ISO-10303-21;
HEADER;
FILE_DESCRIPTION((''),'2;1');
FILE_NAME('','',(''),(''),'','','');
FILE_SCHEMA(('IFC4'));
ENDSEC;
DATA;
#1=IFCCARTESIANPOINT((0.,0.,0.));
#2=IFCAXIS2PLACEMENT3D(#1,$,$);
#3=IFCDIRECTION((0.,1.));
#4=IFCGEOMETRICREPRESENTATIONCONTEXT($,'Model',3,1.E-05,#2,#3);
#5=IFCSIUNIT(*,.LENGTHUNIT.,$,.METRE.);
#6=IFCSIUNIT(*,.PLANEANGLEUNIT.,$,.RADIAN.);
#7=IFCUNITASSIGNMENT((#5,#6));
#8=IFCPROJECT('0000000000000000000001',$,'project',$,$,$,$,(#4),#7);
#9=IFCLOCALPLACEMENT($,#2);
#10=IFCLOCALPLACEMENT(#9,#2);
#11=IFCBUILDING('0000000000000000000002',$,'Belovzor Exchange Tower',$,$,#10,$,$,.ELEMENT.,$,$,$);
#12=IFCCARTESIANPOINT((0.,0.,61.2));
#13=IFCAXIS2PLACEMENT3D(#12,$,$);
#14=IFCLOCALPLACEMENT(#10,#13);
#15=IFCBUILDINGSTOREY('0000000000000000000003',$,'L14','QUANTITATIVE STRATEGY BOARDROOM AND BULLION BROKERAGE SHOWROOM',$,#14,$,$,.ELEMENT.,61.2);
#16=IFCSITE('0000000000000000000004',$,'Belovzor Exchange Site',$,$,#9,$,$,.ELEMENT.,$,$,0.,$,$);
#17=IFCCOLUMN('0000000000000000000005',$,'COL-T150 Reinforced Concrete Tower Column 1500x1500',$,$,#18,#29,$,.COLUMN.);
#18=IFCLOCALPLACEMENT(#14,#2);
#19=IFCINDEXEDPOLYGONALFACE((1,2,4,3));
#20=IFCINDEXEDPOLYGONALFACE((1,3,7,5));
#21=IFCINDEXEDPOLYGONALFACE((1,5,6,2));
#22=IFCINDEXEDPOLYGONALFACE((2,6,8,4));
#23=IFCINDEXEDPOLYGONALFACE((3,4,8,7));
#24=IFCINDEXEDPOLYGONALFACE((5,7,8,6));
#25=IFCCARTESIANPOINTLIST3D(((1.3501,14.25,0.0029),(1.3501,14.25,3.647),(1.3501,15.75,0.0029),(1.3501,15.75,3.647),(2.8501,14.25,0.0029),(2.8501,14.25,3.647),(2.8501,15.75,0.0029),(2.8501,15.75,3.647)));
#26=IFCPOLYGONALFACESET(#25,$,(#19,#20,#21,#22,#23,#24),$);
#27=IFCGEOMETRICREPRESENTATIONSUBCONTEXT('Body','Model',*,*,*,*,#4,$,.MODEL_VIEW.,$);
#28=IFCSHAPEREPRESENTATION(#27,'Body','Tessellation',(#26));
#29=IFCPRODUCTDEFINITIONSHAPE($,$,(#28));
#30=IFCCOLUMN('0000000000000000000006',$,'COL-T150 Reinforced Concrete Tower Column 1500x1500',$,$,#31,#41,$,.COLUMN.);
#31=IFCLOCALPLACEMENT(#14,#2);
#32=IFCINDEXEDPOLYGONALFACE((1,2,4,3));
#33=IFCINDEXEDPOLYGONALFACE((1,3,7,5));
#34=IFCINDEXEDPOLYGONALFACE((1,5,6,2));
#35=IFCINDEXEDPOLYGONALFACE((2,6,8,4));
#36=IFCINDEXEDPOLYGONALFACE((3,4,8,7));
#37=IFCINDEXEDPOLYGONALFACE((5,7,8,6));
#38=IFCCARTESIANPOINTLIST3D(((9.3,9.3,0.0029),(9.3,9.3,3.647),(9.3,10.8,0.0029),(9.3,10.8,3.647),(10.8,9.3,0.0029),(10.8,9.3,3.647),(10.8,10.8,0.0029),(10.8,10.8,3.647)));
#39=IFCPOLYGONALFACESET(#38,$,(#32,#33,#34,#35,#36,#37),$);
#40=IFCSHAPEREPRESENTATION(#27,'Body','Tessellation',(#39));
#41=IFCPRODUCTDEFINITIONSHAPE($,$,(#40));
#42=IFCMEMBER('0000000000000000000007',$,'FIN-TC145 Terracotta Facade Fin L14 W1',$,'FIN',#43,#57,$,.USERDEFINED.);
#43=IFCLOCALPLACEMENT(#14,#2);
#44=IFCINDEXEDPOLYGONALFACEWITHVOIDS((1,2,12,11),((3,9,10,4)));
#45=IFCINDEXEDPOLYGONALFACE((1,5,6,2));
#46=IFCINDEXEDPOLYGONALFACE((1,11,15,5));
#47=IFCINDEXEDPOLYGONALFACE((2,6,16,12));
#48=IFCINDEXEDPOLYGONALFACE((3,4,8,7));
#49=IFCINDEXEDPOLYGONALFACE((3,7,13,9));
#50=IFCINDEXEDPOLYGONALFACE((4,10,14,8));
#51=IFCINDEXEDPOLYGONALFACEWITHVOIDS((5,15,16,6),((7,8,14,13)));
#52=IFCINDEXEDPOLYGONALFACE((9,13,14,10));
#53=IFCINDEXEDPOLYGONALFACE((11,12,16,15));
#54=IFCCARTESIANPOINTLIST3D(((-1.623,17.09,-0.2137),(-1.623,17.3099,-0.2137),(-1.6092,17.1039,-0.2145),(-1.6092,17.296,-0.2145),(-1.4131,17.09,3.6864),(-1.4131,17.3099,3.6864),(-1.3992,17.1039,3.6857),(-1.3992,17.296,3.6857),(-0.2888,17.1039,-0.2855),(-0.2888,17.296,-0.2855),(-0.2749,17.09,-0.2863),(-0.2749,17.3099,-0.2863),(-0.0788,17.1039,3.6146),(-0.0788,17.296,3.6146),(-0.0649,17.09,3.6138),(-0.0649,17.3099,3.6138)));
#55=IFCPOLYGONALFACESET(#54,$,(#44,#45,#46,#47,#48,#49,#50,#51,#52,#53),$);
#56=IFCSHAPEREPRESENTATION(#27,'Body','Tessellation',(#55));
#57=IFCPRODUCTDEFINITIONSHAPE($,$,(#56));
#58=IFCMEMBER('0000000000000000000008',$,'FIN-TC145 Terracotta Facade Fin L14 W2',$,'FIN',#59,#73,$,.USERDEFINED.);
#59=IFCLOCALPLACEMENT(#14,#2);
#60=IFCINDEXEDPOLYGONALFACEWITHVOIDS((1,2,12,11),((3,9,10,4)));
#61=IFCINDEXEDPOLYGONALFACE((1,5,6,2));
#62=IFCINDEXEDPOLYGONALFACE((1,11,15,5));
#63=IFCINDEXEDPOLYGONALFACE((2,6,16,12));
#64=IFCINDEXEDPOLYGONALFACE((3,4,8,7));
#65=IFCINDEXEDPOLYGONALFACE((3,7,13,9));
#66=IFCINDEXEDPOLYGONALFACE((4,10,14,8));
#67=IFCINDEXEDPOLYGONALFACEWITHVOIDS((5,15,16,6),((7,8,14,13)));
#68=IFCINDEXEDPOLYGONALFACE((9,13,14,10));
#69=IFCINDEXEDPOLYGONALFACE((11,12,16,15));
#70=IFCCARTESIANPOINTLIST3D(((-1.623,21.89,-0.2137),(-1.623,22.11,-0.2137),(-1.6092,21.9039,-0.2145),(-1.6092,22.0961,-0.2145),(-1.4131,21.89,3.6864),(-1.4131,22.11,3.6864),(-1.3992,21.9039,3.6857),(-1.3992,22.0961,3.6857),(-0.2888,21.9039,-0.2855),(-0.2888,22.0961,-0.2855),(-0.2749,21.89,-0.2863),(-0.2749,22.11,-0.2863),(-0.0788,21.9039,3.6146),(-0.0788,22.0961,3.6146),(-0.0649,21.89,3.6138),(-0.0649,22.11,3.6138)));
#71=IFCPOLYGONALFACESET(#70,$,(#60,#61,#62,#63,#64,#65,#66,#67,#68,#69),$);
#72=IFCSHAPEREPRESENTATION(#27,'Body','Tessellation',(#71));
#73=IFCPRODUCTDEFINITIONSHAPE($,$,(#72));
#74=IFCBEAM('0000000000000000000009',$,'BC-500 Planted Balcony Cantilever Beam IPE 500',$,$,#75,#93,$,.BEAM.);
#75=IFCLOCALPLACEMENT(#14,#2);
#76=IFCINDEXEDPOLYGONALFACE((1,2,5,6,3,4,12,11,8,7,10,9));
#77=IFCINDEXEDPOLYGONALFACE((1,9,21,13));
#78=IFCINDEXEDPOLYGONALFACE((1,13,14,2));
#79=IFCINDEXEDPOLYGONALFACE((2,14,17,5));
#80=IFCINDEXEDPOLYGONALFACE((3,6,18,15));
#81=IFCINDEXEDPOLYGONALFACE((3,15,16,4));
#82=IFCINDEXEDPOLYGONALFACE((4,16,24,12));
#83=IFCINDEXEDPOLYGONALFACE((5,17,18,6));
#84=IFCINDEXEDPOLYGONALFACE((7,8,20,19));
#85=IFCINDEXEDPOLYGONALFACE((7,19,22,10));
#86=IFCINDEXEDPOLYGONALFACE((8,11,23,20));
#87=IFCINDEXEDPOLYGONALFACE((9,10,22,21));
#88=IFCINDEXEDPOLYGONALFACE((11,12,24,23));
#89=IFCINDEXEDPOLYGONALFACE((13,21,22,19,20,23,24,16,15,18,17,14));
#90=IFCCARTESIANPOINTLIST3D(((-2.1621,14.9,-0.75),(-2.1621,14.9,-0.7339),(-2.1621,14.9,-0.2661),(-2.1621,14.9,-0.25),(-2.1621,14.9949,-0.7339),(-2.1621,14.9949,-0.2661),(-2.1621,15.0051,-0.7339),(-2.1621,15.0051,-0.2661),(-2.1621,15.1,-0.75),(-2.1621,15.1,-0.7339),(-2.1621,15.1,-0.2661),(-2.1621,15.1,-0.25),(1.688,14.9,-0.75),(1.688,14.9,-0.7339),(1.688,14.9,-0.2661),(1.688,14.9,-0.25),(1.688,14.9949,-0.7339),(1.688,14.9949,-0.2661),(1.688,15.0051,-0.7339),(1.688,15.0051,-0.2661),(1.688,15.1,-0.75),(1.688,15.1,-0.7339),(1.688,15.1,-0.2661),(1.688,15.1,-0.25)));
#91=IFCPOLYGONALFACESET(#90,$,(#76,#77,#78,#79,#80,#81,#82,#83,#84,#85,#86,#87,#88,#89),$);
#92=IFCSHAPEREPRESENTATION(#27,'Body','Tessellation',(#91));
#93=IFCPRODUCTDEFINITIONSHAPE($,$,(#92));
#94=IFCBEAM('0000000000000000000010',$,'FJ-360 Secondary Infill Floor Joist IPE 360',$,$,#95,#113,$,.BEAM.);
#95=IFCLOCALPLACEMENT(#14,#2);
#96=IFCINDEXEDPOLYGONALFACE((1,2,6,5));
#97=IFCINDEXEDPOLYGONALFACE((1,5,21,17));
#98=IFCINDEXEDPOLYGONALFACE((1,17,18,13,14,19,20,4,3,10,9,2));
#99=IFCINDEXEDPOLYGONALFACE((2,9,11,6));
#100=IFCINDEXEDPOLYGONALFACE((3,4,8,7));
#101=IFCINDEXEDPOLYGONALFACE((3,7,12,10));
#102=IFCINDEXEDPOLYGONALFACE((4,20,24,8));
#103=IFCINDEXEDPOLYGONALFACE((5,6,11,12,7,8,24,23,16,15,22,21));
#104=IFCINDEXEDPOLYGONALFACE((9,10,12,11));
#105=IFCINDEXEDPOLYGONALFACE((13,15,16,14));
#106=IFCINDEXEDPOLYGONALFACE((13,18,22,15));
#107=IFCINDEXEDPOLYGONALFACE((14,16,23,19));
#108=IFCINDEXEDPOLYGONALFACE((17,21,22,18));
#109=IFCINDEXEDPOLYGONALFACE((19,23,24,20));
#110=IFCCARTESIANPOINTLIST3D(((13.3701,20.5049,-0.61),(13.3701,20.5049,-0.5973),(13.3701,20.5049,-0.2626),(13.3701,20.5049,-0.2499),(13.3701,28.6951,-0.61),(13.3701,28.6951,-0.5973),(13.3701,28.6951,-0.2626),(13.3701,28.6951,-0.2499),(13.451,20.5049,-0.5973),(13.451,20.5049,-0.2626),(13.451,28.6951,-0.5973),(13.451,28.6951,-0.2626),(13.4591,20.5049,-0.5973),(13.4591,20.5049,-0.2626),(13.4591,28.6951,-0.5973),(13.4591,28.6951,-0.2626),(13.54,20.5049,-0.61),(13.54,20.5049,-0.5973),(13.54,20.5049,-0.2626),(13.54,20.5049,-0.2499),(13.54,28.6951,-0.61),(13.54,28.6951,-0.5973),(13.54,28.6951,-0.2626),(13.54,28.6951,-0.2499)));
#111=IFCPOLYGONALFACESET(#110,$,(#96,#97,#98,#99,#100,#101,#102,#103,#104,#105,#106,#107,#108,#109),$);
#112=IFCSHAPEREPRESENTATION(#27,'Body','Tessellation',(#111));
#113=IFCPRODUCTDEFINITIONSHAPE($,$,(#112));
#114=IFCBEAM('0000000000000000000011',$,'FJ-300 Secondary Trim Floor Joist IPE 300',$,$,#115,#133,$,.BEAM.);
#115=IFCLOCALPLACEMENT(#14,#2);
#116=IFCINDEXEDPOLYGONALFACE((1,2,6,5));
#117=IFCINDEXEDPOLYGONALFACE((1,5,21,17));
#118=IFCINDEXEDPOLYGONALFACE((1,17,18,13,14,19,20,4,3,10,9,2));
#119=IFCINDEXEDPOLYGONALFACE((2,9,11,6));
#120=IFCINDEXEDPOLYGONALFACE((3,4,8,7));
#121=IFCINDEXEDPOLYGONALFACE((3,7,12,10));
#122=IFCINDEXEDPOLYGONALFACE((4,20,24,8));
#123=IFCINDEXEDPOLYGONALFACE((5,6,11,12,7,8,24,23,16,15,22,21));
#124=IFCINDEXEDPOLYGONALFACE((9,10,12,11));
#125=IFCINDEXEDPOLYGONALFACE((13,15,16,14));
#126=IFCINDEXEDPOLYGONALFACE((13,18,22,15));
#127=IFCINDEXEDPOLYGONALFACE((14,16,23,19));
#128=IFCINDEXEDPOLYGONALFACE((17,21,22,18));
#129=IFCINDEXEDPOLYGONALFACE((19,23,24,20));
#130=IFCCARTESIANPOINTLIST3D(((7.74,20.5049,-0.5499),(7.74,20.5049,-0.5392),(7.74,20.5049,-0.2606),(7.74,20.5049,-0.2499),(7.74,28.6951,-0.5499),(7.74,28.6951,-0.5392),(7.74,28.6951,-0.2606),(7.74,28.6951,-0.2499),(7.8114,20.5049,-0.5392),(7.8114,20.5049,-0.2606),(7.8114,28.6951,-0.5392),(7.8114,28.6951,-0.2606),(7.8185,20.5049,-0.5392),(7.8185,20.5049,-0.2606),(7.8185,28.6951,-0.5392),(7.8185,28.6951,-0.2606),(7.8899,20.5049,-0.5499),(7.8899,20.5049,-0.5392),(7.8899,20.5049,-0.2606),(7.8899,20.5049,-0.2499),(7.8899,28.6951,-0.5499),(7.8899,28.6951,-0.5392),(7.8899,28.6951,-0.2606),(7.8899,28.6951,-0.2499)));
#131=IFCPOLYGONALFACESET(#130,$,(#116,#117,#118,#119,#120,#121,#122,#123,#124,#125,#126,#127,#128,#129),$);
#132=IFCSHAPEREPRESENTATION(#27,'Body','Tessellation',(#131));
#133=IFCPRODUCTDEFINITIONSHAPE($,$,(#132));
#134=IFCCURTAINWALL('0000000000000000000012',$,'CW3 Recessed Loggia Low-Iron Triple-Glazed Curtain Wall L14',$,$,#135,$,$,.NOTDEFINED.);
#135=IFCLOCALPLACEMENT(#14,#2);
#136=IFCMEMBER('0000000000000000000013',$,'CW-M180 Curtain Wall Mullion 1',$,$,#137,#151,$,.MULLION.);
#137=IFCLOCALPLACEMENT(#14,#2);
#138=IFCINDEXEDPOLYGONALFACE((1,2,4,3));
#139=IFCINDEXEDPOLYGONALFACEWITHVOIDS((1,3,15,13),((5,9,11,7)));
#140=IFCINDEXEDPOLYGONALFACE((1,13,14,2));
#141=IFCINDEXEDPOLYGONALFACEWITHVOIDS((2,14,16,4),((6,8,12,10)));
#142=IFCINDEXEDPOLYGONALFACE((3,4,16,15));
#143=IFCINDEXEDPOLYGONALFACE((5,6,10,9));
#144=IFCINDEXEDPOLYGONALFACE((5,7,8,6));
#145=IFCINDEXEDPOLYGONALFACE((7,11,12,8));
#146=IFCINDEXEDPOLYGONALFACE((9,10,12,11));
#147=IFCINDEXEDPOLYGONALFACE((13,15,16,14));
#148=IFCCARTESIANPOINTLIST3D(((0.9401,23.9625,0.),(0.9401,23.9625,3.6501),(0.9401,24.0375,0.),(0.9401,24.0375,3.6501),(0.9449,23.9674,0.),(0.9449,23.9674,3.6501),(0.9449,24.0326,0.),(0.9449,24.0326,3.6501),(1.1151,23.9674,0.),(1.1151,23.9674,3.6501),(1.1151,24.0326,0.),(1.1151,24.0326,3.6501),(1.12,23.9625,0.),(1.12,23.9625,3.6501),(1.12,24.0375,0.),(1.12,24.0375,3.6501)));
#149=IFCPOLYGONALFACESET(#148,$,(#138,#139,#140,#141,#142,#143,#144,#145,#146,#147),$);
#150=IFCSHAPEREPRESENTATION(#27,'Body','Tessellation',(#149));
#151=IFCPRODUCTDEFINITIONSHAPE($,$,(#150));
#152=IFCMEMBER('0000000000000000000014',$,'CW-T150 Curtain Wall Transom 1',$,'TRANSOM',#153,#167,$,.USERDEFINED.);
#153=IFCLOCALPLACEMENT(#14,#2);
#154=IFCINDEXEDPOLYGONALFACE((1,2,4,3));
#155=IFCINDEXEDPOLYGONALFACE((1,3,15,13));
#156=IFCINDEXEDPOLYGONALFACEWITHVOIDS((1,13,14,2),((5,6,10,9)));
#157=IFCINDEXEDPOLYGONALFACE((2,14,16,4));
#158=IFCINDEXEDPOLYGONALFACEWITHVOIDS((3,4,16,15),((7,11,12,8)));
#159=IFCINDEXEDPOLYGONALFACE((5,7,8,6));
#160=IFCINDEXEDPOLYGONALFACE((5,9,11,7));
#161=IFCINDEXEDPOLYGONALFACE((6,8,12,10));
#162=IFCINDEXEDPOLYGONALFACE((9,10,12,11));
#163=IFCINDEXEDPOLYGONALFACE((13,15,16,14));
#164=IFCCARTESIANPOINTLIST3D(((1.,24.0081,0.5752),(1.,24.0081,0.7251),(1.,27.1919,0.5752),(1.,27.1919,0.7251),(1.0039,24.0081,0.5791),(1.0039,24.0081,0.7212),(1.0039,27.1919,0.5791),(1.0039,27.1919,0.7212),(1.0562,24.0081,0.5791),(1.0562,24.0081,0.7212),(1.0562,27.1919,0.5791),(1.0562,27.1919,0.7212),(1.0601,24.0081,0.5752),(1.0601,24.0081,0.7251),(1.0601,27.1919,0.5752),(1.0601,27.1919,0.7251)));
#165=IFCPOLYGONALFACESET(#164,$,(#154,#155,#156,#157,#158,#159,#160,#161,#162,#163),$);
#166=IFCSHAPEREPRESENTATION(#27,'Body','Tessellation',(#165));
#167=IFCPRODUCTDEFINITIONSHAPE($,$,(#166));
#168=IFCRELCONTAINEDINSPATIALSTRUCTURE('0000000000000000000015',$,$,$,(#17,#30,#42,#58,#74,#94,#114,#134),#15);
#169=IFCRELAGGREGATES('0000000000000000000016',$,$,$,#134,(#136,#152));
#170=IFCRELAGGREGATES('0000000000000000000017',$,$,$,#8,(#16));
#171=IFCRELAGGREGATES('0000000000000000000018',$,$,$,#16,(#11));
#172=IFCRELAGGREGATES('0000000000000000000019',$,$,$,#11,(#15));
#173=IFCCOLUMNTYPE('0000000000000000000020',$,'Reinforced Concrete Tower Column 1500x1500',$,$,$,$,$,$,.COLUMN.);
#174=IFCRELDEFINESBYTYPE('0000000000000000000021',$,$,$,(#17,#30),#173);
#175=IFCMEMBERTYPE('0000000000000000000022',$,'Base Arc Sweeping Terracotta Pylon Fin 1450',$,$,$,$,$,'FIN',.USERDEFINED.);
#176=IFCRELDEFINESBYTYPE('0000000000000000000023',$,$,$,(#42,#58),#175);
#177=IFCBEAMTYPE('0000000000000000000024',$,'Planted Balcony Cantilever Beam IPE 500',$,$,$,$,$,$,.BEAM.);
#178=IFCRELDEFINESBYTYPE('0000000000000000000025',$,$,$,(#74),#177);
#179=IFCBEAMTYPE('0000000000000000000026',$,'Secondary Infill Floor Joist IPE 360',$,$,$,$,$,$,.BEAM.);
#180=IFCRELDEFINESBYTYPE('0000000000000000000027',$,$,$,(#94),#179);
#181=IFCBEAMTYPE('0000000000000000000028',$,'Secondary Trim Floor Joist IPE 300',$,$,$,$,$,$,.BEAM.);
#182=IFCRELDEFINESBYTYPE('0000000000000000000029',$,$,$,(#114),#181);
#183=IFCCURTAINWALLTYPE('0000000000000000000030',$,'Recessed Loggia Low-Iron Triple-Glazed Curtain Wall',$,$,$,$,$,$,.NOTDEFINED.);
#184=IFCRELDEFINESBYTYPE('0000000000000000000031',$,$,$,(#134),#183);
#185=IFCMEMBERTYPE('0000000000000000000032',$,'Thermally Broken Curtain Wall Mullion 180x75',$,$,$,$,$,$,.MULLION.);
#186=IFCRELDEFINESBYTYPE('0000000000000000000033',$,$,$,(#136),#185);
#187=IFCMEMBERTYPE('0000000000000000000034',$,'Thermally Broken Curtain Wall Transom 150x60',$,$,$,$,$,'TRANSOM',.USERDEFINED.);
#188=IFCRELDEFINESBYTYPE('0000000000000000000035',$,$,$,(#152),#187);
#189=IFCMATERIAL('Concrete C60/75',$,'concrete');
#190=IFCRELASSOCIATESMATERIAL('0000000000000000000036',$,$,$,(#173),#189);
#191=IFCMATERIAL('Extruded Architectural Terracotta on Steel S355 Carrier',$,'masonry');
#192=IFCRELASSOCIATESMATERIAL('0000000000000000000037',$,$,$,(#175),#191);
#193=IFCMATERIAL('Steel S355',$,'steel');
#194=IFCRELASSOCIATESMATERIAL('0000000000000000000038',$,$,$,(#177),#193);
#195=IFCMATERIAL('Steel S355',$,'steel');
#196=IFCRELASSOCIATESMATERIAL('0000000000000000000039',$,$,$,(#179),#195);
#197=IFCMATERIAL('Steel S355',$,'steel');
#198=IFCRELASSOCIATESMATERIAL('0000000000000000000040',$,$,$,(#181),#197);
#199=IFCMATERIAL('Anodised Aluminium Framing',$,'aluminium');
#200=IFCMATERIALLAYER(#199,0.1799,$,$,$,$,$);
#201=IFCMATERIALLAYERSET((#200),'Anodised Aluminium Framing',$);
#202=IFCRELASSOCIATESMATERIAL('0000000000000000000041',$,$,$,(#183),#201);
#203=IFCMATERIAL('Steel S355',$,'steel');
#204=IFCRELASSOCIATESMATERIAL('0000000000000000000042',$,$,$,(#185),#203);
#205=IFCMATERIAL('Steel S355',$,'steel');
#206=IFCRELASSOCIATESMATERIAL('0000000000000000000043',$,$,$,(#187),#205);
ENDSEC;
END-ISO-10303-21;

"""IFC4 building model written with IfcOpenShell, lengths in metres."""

from ifc_helpers import new_model, si_unit, direction, frame, origin, origin_2d, place, context, subcontext, project, spatial, rectangle, hollow_rectangle, i_section, extrude, material, layer, layer_set, material_profile, profile_set, type_object, element, aggregate, save


model = new_model("IFC4")

# Units and contexts
model_context = context("Model", 3, precision=1e-05, world=origin(), true_north=direction((0.0, 1.0)))
body_context = subcontext(model_context, "Body", "Model", "MODEL_VIEW")
ifc_project = project(units=[si_unit("LENGTHUNIT", "METRE"), si_unit("PLANEANGLEUNIT", "RADIAN")], contexts=[model_context])

# Site, building, storey
site_placement = place(None, origin())
site = spatial("IfcSite", under=ifc_project, at=site_placement, Name="Belovzor Exchange Site", CompositionType="ELEMENT", RefElevation=0.0)
building_placement = place(site_placement, origin())
building = spatial("IfcBuilding", under=site, at=building_placement, Name="Belovzor Exchange Tower", CompositionType="ELEMENT")
storey_placement = place(building_placement, frame((0.0, 0.0, 61.2)))
storey = spatial("IfcBuildingStorey", under=building, at=storey_placement, Name="L14", Description="QUANTITATIVE STRATEGY BOARDROOM AND BULLION BROKERAGE SHOWROOM", CompositionType="ELEMENT", Elevation=61.2)

# Columns
ifc_material_1 = material(Name="Concrete C60/75", Category="concrete")
ifc_material_profile_1 = material_profile(ifc_material_1, rectangle(XDim=1.5, YDim=1.5, at=origin_2d()))
ifc_profile_set_1 = profile_set([ifc_material_profile_1], Name="Concrete C60/75")
column_type = type_object("IfcColumnType", Name="Reinforced Concrete Tower Column 1500x1500", PredefinedType="COLUMN", material=ifc_profile_set_1)
for number, where, z_axis, x_axis, name in (
    (1, (2.1001, 15.0, 0.0029), (0.0, 0.0, 1.0), (1.0, 0.0, 0.0), "COL-T150 Reinforced Concrete Tower Column 1500x1500"),
    (2, (10.05, 10.05, 0.0029), (0.0, 0.0, 1.0), (1.0, 0.0, 0.0), "COL-T150 Reinforced Concrete Tower Column 1500x1500"),
):
    element("IfcColumn", number, at=place(storey_placement, frame(where, z_axis=z_axis, x_axis=x_axis)), inside=storey, type_object=column_type, Name=name, PredefinedType="COLUMN", context=body_context, shape_type="SweptSolid", body=[
        extrude(rectangle(XDim=1.5, YDim=1.5, at=origin_2d()), origin(), (0.0, 0.0, 1.0), 3.644),
    ])

# Members
ifc_material_2 = material(Name="Extruded Architectural Terracotta on Steel S355 Carrier", Category="masonry")
ifc_material_profile_2 = material_profile(ifc_material_2, hollow_rectangle(XDim=0.22, YDim=1.3501, WallThickness=0.0139, at=origin_2d()))
ifc_profile_set_2 = profile_set([ifc_material_profile_2], Name="Extruded Architectural Terracotta on Steel S355 Carrier")
member_type_1 = type_object("IfcMemberType", Name="Base Arc Sweeping Terracotta Pylon Fin 1450", ElementType="FIN", PredefinedType="USERDEFINED", material=ifc_profile_set_2)
for number, where, z_axis, x_axis, name in (
    (3, (-0.949, 17.2, -0.25), (0.053756, 0.0, 0.998554), (0.0, 1.0, 0.0), "FIN-TC145 Terracotta Facade Fin L14 W1"),
    (4, (-0.949, 22.0, -0.25), (0.053756, 0.0, 0.998554), (0.0, 1.0, 0.0), "FIN-TC145 Terracotta Facade Fin L14 W2"),
):
    element("IfcMember", number, at=place(storey_placement, frame(where, z_axis=z_axis, x_axis=x_axis)), inside=storey, type_object=member_type_1, Name=name, ObjectType="FIN", PredefinedType="USERDEFINED", context=body_context, shape_type="SweptSolid", body=[
        extrude(hollow_rectangle(XDim=0.22, YDim=1.3501, WallThickness=0.0139, at=origin_2d()), origin(), (0.0, 0.0, 1.0), 3.9058),
    ])

# Beams
ifc_material_3 = material(Name="Steel S355", Category="steel")
ifc_material_profile_3 = material_profile(ifc_material_3, i_section(OverallWidth=0.2, OverallDepth=0.5, WebThickness=0.0103, FlangeThickness=0.0161, at=origin_2d()))
ifc_profile_set_3 = profile_set([ifc_material_profile_3], Name="Steel S355")
beam_type_1 = type_object("IfcBeamType", Name="Planted Balcony Cantilever Beam IPE 500", PredefinedType="BEAM", material=ifc_profile_set_3)
beam_1_placement = place(storey_placement, frame((1.688, 15.0, -0.5), z_axis=(-1.0, 0.0, 0.0), x_axis=(0.0, -1.0, 0.0)))
element("IfcBeam", 5, at=beam_1_placement, inside=storey, type_object=beam_type_1, Name="BC-500 Planted Balcony Cantilever Beam IPE 500", PredefinedType="BEAM", context=body_context, shape_type="SweptSolid", body=[
    extrude(i_section(OverallWidth=0.2, OverallDepth=0.5, WebThickness=0.0103, FlangeThickness=0.0161, at=origin_2d()), origin(), (0.0, 0.0, 1.0), 3.8501),
])
ifc_material_4 = material(Name="Steel S355", Category="steel")
ifc_material_profile_4 = material_profile(ifc_material_4, i_section(OverallWidth=0.1699, OverallDepth=0.3601, WebThickness=0.0081, FlangeThickness=0.0127, at=origin_2d()))
ifc_profile_set_4 = profile_set([ifc_material_profile_4], Name="Steel S355")
beam_type_2 = type_object("IfcBeamType", Name="Secondary Infill Floor Joist IPE 360", PredefinedType="BEAM", material=ifc_profile_set_4)
beam_2_placement = place(storey_placement, frame((13.4551, 20.5049, -0.4299), z_axis=(0.0, 1.0, 0.0), x_axis=(-1.0, 0.0, 0.0)))
element("IfcBeam", 6, at=beam_2_placement, inside=storey, type_object=beam_type_2, Name="FJ-360 Secondary Infill Floor Joist IPE 360", PredefinedType="BEAM", context=body_context, shape_type="SweptSolid", body=[
    extrude(i_section(OverallWidth=0.1699, OverallDepth=0.3601, WebThickness=0.0081, FlangeThickness=0.0127, at=origin_2d()), origin(), (0.0, 0.0, 1.0), 8.1902),
])
ifc_material_5 = material(Name="Steel S355", Category="steel")
ifc_material_profile_5 = material_profile(ifc_material_5, i_section(OverallWidth=0.1499, OverallDepth=0.3, WebThickness=0.0071, FlangeThickness=0.0107, at=origin_2d()))
ifc_profile_set_5 = profile_set([ifc_material_profile_5], Name="Steel S355")
beam_type_3 = type_object("IfcBeamType", Name="Secondary Trim Floor Joist IPE 300", PredefinedType="BEAM", material=ifc_profile_set_5)
beam_3_placement = place(storey_placement, frame((7.8149, 20.5049, -0.3999), z_axis=(0.0, 1.0, 0.0), x_axis=(-1.0, 0.0, 0.0)))
element("IfcBeam", 7, at=beam_3_placement, inside=storey, type_object=beam_type_3, Name="FJ-300 Secondary Trim Floor Joist IPE 300", PredefinedType="BEAM", context=body_context, shape_type="SweptSolid", body=[
    extrude(i_section(OverallWidth=0.1499, OverallDepth=0.3, WebThickness=0.0071, FlangeThickness=0.0107, at=origin_2d()), origin(), (0.0, 0.0, 1.0), 8.1902),
])

# Curtain wall, members
ifc_material_6 = material(Name="Anodised Aluminium Framing", Category="aluminium")
ifc_layer_1 = layer(ifc_material_6, 0.1799)
ifc_layer_set_1 = layer_set([ifc_layer_1], Name="Anodised Aluminium Framing")
curtain_wall_type = type_object("IfcCurtainWallType", Name="Recessed Loggia Low-Iron Triple-Glazed Curtain Wall", PredefinedType="NOTDEFINED", material=ifc_layer_set_1)
curtain_wall_placement = place(storey_placement, origin())
curtain_wall = element("IfcCurtainWall", 8, at=curtain_wall_placement, inside=storey, type_object=curtain_wall_type, Name="CW3 Recessed Loggia Low-Iron Triple-Glazed Curtain Wall L14", PredefinedType="NOTDEFINED")
ifc_material_7 = material(Name="Steel S355", Category="steel")
ifc_material_profile_6 = material_profile(ifc_material_7, hollow_rectangle(XDim=0.075, YDim=0.1799, WallThickness=0.0049, at=origin_2d()))
ifc_profile_set_6 = profile_set([ifc_material_profile_6], Name="Steel S355")
member_type_2 = type_object("IfcMemberType", Name="Thermally Broken Curtain Wall Mullion 180x75", PredefinedType="MULLION", material=ifc_profile_set_6)
member_1_placement = place(storey_placement, frame((1.03, 24.0, 0.0), z_axis=(0.0, 0.0, 1.0), x_axis=(0.0, 1.0, 0.0)))
member_1 = element("IfcMember", 9, at=member_1_placement, type_object=member_type_2, Name="CW-M180 Curtain Wall Mullion 1", PredefinedType="MULLION", context=body_context, shape_type="SweptSolid", body=[
    extrude(hollow_rectangle(XDim=0.075, YDim=0.1799, WallThickness=0.0049, at=origin_2d()), origin(), (0.0, 0.0, 1.0), 3.6501),
])
ifc_material_8 = material(Name="Steel S355", Category="steel")
ifc_material_profile_7 = material_profile(ifc_material_8, hollow_rectangle(XDim=0.0601, YDim=0.1499, WallThickness=0.0039, at=origin_2d()))
ifc_profile_set_7 = profile_set([ifc_material_profile_7], Name="Steel S355")
member_type_3 = type_object("IfcMemberType", Name="Thermally Broken Curtain Wall Transom 150x60", ElementType="TRANSOM", PredefinedType="USERDEFINED", material=ifc_profile_set_7)
member_2_placement = place(storey_placement, frame((1.03, 24.0081, 0.6501), z_axis=(0.0, 1.0, 0.0), x_axis=(-1.0, 0.0, 0.0)))
member_2 = element("IfcMember", 10, at=member_2_placement, type_object=member_type_3, Name="CW-T150 Curtain Wall Transom 1", ObjectType="TRANSOM", PredefinedType="USERDEFINED", context=body_context, shape_type="SweptSolid", body=[
    extrude(hollow_rectangle(XDim=0.0601, YDim=0.1499, WallThickness=0.0039, at=origin_2d()), origin(), (0.0, 0.0, 1.0), 3.1838),
])

aggregate(curtain_wall, [member_1, member_2])

save(model, "model.ifc")
